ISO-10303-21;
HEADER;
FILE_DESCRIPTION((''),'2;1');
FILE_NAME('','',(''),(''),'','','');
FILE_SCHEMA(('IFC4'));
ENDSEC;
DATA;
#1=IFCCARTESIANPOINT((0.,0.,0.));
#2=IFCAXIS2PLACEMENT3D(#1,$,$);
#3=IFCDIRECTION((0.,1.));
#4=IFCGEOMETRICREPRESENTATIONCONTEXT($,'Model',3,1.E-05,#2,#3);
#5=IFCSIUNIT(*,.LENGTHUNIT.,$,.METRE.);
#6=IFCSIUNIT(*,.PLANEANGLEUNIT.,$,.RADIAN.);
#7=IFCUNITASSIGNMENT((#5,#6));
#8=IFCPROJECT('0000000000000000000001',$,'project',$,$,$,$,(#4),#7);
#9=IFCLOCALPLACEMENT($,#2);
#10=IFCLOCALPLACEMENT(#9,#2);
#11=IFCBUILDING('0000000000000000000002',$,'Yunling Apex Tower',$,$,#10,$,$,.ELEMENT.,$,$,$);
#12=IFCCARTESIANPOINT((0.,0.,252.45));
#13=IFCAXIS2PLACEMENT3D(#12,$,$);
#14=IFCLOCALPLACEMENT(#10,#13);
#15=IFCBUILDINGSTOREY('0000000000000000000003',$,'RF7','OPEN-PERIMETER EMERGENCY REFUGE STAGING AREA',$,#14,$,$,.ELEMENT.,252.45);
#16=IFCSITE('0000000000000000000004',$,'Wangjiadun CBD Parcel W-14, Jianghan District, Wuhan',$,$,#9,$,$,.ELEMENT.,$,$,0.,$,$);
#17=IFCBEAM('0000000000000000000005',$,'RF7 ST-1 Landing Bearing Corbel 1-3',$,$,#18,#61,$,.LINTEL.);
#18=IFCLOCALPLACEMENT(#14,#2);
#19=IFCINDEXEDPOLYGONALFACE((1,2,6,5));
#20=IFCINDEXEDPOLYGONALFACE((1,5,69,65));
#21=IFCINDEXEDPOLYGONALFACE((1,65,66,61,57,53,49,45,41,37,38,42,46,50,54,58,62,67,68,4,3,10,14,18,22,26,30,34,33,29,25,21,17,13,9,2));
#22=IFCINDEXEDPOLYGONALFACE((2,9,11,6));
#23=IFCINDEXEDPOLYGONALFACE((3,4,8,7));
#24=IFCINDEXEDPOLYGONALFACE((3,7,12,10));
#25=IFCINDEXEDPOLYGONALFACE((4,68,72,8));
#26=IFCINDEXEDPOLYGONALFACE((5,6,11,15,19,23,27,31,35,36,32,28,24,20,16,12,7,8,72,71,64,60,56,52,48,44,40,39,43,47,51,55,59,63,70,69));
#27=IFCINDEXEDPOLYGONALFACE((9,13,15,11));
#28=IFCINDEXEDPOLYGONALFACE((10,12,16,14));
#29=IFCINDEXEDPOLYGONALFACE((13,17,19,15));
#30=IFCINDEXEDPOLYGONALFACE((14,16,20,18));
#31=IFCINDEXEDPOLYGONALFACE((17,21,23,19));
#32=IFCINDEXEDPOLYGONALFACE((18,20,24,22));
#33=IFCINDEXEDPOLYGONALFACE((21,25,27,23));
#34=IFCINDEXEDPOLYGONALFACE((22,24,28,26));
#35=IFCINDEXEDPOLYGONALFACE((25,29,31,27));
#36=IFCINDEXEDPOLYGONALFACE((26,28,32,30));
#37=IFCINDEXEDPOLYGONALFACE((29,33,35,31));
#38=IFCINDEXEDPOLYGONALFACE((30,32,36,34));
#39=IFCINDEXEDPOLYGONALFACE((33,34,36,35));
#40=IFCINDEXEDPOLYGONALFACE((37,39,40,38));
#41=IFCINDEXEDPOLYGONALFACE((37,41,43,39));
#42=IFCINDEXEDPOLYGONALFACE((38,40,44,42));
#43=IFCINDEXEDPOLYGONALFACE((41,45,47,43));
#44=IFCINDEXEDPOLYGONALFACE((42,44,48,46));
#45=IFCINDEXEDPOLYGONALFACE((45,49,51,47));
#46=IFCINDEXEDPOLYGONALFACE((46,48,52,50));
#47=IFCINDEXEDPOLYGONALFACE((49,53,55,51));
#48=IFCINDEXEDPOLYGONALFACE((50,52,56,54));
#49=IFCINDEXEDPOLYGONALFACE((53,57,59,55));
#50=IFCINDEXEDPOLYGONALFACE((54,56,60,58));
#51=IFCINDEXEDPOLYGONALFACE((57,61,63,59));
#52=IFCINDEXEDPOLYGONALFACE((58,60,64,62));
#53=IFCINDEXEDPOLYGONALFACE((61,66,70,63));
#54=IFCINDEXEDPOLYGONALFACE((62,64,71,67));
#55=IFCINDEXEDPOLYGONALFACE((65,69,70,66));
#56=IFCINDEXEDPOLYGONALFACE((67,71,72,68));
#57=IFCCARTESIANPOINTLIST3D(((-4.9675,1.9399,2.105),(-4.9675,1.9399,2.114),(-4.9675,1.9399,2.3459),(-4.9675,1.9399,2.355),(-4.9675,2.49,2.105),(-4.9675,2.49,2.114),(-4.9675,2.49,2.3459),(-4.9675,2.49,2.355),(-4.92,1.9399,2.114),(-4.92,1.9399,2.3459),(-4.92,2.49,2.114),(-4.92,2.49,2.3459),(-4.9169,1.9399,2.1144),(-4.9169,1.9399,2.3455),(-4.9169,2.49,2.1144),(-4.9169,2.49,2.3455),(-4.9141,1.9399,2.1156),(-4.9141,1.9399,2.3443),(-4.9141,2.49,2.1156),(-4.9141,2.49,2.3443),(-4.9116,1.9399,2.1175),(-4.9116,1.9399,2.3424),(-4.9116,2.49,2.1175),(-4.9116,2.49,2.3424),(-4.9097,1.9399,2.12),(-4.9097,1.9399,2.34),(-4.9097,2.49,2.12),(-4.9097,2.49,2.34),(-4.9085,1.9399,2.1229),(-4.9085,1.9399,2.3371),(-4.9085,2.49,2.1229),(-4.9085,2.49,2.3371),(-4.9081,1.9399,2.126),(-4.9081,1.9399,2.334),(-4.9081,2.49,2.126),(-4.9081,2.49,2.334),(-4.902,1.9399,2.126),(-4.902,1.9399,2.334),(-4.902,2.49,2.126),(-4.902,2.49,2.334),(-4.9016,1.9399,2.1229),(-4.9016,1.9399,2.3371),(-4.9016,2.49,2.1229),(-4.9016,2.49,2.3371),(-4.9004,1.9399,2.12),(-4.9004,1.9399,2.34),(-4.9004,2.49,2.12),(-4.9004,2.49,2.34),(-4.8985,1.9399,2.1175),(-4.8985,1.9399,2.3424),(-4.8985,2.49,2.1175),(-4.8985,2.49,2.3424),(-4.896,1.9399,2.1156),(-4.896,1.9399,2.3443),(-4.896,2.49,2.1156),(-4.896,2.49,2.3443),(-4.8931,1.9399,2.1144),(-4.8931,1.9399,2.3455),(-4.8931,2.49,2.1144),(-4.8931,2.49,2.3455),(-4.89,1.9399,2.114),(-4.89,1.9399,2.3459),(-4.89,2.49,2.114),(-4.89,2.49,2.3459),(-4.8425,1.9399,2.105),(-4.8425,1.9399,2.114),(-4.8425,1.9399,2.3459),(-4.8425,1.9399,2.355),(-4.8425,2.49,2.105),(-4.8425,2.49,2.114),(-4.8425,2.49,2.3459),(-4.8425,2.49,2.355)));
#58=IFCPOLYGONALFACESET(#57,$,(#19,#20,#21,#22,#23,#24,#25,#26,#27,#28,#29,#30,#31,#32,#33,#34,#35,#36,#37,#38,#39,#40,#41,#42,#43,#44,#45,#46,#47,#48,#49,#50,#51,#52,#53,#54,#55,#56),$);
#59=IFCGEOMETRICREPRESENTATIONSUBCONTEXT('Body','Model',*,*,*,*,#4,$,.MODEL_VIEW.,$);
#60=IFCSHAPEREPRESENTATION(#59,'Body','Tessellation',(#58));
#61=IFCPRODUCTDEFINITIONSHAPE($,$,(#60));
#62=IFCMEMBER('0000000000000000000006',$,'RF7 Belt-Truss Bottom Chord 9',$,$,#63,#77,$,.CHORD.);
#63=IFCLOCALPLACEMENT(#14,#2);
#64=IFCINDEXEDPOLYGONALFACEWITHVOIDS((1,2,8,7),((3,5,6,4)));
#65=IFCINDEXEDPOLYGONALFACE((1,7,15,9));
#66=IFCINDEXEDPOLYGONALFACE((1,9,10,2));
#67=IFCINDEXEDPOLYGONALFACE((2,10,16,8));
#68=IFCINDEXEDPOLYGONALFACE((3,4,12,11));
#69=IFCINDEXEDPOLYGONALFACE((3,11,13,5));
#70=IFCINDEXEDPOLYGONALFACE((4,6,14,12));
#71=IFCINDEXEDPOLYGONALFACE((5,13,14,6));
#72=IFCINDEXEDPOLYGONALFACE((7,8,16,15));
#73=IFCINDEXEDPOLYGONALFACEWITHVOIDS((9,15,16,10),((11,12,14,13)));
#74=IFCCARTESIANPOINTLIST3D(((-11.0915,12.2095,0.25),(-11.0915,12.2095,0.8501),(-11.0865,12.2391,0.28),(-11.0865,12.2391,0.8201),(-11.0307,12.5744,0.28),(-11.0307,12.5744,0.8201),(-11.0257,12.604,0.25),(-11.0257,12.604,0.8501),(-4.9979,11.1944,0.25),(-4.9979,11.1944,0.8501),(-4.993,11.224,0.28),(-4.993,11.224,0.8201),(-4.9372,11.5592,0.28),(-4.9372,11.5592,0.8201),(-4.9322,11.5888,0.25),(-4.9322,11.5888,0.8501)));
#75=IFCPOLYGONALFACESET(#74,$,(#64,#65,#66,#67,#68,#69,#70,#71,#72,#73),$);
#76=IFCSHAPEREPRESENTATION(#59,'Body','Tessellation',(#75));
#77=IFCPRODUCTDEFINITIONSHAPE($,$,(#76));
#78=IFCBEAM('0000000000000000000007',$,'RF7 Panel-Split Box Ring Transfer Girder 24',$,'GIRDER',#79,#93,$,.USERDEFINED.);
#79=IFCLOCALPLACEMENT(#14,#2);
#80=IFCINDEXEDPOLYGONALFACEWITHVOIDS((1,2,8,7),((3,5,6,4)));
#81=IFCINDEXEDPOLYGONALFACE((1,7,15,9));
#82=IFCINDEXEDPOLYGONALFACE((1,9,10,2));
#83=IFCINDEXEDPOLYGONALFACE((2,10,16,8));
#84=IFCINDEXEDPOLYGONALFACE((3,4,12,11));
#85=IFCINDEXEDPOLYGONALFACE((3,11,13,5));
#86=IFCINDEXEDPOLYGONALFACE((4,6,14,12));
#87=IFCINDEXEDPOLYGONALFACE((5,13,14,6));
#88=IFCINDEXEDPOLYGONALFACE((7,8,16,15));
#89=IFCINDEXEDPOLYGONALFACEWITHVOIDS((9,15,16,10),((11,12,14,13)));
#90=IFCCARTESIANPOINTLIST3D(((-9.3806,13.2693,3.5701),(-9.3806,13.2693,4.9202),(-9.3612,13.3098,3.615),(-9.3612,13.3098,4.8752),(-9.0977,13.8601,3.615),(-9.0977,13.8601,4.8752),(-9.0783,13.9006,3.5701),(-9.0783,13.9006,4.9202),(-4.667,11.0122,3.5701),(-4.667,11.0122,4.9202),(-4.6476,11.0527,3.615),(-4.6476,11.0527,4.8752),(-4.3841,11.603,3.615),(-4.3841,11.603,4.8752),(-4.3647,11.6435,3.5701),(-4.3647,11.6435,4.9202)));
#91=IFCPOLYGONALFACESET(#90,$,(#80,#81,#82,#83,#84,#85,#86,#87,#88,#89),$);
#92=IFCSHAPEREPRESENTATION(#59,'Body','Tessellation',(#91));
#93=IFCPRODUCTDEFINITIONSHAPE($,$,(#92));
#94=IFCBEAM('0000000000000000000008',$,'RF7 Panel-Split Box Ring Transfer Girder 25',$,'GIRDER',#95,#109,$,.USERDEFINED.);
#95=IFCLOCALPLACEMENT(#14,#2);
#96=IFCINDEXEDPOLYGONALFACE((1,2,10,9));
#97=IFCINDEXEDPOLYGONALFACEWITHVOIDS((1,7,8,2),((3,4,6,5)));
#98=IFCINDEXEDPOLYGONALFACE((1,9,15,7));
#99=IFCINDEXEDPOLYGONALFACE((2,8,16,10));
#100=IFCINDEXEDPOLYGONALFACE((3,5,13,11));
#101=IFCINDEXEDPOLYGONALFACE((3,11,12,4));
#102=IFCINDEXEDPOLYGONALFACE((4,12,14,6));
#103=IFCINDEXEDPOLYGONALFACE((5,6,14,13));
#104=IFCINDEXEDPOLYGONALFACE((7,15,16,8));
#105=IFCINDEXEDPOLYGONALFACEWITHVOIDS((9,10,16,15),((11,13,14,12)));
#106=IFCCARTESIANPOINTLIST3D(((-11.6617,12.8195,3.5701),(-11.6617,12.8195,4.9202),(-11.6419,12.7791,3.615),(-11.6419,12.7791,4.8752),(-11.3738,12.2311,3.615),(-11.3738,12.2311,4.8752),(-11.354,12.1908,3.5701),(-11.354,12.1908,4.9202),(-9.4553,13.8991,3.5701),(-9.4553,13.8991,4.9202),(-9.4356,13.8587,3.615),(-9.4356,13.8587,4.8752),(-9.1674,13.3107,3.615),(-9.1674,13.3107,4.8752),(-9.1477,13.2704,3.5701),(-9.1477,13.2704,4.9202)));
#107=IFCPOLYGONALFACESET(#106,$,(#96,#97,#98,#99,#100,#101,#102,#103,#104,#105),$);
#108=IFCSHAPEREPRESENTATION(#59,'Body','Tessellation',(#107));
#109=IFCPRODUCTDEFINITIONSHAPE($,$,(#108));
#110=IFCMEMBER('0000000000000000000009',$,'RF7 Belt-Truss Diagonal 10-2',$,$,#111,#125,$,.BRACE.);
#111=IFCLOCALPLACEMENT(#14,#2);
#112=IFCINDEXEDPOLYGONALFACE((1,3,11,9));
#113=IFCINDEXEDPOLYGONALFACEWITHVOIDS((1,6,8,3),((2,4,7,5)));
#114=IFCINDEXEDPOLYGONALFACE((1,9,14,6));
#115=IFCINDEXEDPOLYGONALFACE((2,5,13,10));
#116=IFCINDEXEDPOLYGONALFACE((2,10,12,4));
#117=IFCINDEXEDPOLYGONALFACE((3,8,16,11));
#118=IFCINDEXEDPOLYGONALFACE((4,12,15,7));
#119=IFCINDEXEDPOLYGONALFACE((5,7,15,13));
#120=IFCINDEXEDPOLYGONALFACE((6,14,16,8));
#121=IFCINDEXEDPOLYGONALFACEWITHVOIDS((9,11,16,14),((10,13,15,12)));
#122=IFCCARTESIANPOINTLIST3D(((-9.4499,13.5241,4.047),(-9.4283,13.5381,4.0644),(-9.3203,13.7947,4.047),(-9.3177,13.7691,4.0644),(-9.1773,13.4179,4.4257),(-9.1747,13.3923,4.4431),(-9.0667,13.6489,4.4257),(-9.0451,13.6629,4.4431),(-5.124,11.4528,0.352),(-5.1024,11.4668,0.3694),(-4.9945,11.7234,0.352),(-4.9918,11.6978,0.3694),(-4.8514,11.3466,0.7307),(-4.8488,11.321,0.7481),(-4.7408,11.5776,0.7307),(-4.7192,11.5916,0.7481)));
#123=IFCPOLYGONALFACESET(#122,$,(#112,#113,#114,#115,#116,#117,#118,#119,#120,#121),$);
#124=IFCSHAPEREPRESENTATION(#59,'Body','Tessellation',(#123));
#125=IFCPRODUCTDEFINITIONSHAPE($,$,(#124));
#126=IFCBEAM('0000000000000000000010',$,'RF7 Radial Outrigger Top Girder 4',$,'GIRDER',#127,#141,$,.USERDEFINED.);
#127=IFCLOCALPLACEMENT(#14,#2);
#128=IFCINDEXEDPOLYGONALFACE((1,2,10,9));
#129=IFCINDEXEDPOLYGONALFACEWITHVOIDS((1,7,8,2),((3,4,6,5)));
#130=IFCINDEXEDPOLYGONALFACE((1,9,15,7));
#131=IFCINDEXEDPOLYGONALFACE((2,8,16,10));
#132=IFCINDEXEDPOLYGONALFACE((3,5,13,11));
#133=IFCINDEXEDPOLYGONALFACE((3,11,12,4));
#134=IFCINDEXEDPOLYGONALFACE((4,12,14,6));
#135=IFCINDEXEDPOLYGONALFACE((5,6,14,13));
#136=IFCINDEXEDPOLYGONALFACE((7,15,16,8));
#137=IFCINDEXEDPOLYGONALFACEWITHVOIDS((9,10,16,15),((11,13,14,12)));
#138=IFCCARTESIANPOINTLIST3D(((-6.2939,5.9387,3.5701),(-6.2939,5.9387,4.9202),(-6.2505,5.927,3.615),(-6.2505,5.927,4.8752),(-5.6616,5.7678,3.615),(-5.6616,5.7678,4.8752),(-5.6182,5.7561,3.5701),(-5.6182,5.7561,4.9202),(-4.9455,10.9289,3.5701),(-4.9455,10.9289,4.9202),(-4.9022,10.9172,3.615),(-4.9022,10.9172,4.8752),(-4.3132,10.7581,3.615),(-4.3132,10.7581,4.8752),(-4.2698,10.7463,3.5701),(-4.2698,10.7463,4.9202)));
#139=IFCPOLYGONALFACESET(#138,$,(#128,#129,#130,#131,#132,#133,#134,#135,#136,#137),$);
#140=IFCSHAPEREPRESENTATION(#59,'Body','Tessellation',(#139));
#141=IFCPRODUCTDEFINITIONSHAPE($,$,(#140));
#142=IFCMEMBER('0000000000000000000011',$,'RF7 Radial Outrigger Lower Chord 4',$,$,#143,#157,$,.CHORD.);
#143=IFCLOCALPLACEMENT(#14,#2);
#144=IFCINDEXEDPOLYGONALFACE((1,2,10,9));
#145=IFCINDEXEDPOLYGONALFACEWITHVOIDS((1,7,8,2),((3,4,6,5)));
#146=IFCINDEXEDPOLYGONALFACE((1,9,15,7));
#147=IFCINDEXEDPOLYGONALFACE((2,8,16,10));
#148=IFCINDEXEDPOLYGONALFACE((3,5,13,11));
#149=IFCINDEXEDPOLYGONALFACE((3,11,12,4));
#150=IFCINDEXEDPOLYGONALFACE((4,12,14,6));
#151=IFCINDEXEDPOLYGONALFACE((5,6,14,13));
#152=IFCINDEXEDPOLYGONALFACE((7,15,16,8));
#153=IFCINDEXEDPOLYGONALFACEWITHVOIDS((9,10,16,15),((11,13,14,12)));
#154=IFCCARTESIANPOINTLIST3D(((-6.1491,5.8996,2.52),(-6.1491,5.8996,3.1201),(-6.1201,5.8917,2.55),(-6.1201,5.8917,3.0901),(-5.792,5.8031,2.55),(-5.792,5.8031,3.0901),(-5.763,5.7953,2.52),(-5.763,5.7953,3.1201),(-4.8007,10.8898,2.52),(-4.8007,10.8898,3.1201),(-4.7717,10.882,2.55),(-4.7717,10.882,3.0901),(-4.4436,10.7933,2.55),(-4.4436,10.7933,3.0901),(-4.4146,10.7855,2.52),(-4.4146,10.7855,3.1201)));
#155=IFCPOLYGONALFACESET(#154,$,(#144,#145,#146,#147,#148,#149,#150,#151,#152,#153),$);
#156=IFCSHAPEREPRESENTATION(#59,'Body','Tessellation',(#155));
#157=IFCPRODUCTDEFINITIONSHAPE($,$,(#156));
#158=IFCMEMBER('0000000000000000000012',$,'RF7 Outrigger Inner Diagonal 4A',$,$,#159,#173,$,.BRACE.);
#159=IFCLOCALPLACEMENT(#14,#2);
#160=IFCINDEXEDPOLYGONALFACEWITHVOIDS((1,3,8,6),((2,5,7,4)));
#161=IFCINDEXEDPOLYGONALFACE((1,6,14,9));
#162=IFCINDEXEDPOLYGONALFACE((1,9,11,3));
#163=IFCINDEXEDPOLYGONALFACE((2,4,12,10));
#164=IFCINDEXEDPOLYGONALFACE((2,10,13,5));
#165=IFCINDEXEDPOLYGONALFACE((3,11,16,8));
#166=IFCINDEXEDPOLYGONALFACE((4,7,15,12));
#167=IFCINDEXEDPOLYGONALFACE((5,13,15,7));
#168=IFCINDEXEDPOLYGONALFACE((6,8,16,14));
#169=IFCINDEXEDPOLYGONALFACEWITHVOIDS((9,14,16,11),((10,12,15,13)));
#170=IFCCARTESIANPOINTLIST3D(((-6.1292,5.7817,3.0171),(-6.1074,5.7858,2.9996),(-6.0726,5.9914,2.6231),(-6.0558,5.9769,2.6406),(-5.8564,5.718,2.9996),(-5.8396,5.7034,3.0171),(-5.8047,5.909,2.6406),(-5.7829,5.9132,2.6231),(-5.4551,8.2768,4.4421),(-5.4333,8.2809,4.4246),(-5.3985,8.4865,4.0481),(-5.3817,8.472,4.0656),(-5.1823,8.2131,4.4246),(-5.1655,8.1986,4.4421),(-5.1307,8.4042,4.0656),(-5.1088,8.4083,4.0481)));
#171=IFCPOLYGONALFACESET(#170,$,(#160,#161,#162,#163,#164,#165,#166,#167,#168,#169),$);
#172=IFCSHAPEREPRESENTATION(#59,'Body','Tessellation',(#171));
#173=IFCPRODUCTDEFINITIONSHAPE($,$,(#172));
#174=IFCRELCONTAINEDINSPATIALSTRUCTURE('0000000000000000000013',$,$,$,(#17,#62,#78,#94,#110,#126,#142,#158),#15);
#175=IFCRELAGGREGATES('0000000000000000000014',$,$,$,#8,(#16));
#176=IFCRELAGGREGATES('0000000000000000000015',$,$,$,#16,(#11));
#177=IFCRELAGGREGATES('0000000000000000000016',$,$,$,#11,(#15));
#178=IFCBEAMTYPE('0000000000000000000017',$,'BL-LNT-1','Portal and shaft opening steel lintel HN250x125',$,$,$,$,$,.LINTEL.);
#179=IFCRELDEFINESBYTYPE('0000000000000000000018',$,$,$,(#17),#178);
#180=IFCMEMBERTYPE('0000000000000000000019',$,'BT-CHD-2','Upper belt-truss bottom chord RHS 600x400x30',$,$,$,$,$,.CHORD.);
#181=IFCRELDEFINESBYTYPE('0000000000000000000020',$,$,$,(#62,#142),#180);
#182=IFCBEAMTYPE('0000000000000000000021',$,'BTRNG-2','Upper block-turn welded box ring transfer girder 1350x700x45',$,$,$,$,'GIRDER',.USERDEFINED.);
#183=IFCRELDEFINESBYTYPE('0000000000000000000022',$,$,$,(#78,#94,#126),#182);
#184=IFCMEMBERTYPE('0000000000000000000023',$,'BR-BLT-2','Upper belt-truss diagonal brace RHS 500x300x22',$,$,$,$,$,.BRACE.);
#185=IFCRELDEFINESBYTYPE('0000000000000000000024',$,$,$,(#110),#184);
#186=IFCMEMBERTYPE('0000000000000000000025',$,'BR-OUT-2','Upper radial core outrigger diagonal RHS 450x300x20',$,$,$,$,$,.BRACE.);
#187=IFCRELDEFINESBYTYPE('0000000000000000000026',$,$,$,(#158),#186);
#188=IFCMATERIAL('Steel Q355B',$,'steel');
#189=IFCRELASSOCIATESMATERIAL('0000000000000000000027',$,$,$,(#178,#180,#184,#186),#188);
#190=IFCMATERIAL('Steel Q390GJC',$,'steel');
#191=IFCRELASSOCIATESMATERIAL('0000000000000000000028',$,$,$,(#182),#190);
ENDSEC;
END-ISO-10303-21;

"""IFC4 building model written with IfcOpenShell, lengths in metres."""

from ifc_helpers import new_model, si_unit, direction, frame, origin, origin_2d, place, context, subcontext, project, spatial, hollow_rectangle, i_section, extrude, source, transform, mapped, material, material_profile, profile_set, type_object, element, save


model = new_model("IFC4")

# Units and contexts
model_context = context("Model", 3, precision=1e-05, world=origin(), true_north=direction((0.0, 1.0)))
body_context = subcontext(model_context, "Body", "Model", "MODEL_VIEW")
ifc_project = project(units=[si_unit("LENGTHUNIT", "METRE"), si_unit("PLANEANGLEUNIT", "RADIAN")], contexts=[model_context])

# Site, building, storey
site_placement = place(None, origin())
site = spatial("IfcSite", under=ifc_project, at=site_placement, Name="Wangjiadun CBD Parcel W-14, Jianghan District, Wuhan", CompositionType="ELEMENT", RefElevation=0.0)
building_placement = place(site_placement, origin())
building = spatial("IfcBuilding", under=site, at=building_placement, Name="Yunling Apex Tower", CompositionType="ELEMENT")
storey_placement = place(building_placement, frame((0.0, 0.0, 252.45)))
storey = spatial("IfcBuildingStorey", under=building, at=storey_placement, Name="RF7", Description="OPEN-PERIMETER EMERGENCY REFUGE STAGING AREA", CompositionType="ELEMENT", Elevation=252.45)

# Shared definitions
ifc_material_1 = material(Name="Steel Q390GJC", Category="steel")

# Beam
ifc_material_2 = material(Name="Steel Q355B", Category="steel")
ifc_material_profile_1 = material_profile(ifc_material_2, i_section(OverallWidth=0.125, OverallDepth=0.25, WebThickness=0.0061, FlangeThickness=0.009, FilletRadius=0.012, at=origin_2d()))
ifc_profile_set_1 = profile_set([ifc_material_profile_1], Name="Steel Q355B")
beam_type_1 = type_object("IfcBeamType", Name="BL-LNT-1", Description="Portal and shaft opening steel lintel HN250x125", PredefinedType="LINTEL", material=ifc_profile_set_1)
shared_shape_1 = source(origin(), body_context, "Body", "SweptSolid", [
    extrude(i_section(OverallWidth=0.125, OverallDepth=0.25, WebThickness=0.0061, FlangeThickness=0.009, FilletRadius=0.012, at=origin_2d()), origin(), (0.0, 0.0, 1.0), 0.55),
])
beam_1_placement = place(storey_placement, frame((-4.905, 1.9399, 2.23), z_axis=(0.0, 1.0, 0.0), x_axis=(-1.0, 0.0, 0.0)))
element("IfcBeam", 1, at=beam_1_placement, inside=storey, type_object=beam_type_1, Name="RF7 ST-1 Landing Bearing Corbel 1-3", PredefinedType="LINTEL", context=body_context, shape_type="MappedRepresentation", body=[
    mapped(shared_shape_1, transform((0.0, 0.0, 0.0), scale=1.0)),
])

# Member
ifc_material_profile_2 = material_profile(ifc_material_2, hollow_rectangle(XDim=0.3999, YDim=0.6001, WallThickness=0.03, at=origin_2d()))
ifc_profile_set_2 = profile_set([ifc_material_profile_2], Name="Steel Q355B")
member_type_1 = type_object("IfcMemberType", Name="BT-CHD-2", Description="Upper belt-truss bottom chord RHS 600x400x30", PredefinedType="CHORD", material=ifc_profile_set_2)
shared_shape_2 = source(origin(), body_context, "Body", "SweptSolid", [
    extrude(hollow_rectangle(XDim=0.3999, YDim=0.6001, WallThickness=0.03, at=origin_2d()), origin(), (0.0, 0.0, 1.0), 6.1775),
])
member_1_placement = place(storey_placement, frame((-4.9651, 11.3916, 0.55), z_axis=(-0.986406, 0.164328, 0.0), x_axis=(-0.164328, -0.986406, 0.0)))
element("IfcMember", 2, at=member_1_placement, inside=storey, type_object=member_type_1, Name="RF7 Belt-Truss Bottom Chord 9", PredefinedType="CHORD", context=body_context, shape_type="MappedRepresentation", body=[
    mapped(shared_shape_2, transform((0.0, 0.0, 0.0), scale=1.0)),
])

# Beams
ifc_material_profile_3 = material_profile(ifc_material_1, hollow_rectangle(XDim=0.7, YDim=1.3501, WallThickness=0.0449, at=origin_2d()))
ifc_profile_set_3 = profile_set([ifc_material_profile_3], Name="Steel Q390GJC")
beam_type_2 = type_object("IfcBeamType", Name="BTRNG-2", Description="Upper block-turn welded box ring transfer girder 1350x700x45", ElementType="GIRDER", PredefinedType="USERDEFINED", material=ifc_profile_set_3)
shared_shape_3 = source(origin(), body_context, "Body", "SweptSolid", [
    extrude(hollow_rectangle(XDim=0.7, YDim=1.3501, WallThickness=0.0449, at=origin_2d()), origin(), (0.0, 0.0, 1.0), 5.2261),
])
beam_2_placement = place(storey_placement, frame((-4.5159, 11.3279, 4.2451), z_axis=(-0.90193, 0.431882, 0.0), x_axis=(-0.431882, -0.90193, 0.0)))
element("IfcBeam", 3, at=beam_2_placement, inside=storey, type_object=beam_type_2, Name="RF7 Panel-Split Box Ring Transfer Girder 24", ObjectType="GIRDER", PredefinedType="USERDEFINED", context=body_context, shape_type="MappedRepresentation", body=[
    mapped(shared_shape_3, transform((0.0, 0.0, 0.0), scale=1.0)),
])
shared_shape_4 = source(origin(), body_context, "Body", "SweptSolid", [
    extrude(hollow_rectangle(XDim=0.7, YDim=1.3501, WallThickness=0.0449, at=origin_2d()), origin(), (0.0, 0.0, 1.0), 2.4563),
])
beam_3_placement = place(storey_placement, frame((-9.3015, 13.5847, 4.2451), z_axis=(-0.898231, -0.439524, 0.0), x_axis=(0.439524, -0.898231, 0.0)))
element("IfcBeam", 4, at=beam_3_placement, inside=storey, type_object=beam_type_2, Name="RF7 Panel-Split Box Ring Transfer Girder 25", ObjectType="GIRDER", PredefinedType="USERDEFINED", context=body_context, shape_type="MappedRepresentation", body=[
    mapped(shared_shape_4, transform((0.0, 0.0, 0.0), scale=1.0)),
])

# Member
ifc_material_profile_4 = material_profile(ifc_material_2, hollow_rectangle(XDim=0.3, YDim=0.5, WallThickness=0.022, at=origin_2d()))
ifc_profile_set_4 = profile_set([ifc_material_profile_4], Name="Steel Q355B")
member_type_2 = type_object("IfcMemberType", Name="BR-BLT-2", Description="Upper belt-truss diagonal brace RHS 500x300x22", PredefinedType="BRACE", material=ifc_profile_set_4)
shared_shape_5 = source(origin(), body_context, "Body", "SweptSolid", [
    extrude(hollow_rectangle(XDim=0.3, YDim=0.5, WallThickness=0.022, at=origin_2d()), origin(), (0.0, 0.0, 1.0), 6.0544),
])
member_2_placement = place(storey_placement, frame((-4.9216, 11.5222, 0.55), z_axis=(-0.714494, 0.342105, 0.610297), x_axis=(-0.431857, -0.901942, 0.0)))
element("IfcMember", 5, at=member_2_placement, inside=storey, type_object=member_type_2, Name="RF7 Belt-Truss Diagonal 10-2", PredefinedType="BRACE", context=body_context, shape_type="MappedRepresentation", body=[
    mapped(shared_shape_5, transform((0.0, 0.0, 0.0), scale=1.0)),
])

# Beam
shared_shape_6 = source(origin(), body_context, "Body", "SweptSolid", [
    extrude(hollow_rectangle(XDim=0.7, YDim=1.3501, WallThickness=0.0449, at=origin_2d()), origin(), (0.0, 0.0, 1.0), 5.1692),
])
beam_4_placement = place(storey_placement, frame((-5.9561, 5.8474, 4.2451), z_axis=(0.260851, 0.965379, 0.0), x_axis=(-0.965379, 0.260851, 0.0)))
element("IfcBeam", 6, at=beam_4_placement, inside=storey, type_object=beam_type_2, Name="RF7 Radial Outrigger Top Girder 4", ObjectType="GIRDER", PredefinedType="USERDEFINED", context=body_context, shape_type="MappedRepresentation", body=[
    mapped(shared_shape_6, transform((0.0, 0.0, 0.0), scale=1.0)),
])

# Members
shared_shape_7 = source(origin(), body_context, "Body", "SweptSolid", [
    extrude(hollow_rectangle(XDim=0.3999, YDim=0.6001, WallThickness=0.03, at=origin_2d()), origin(), (0.0, 0.0, 1.0), 5.1692),
])
member_3_placement = place(storey_placement, frame((-5.9561, 5.8474, 2.8201), z_axis=(0.260851, 0.965379, 0.0), x_axis=(-0.965379, 0.260851, 0.0)))
element("IfcMember", 7, at=member_3_placement, inside=storey, type_object=member_type_1, Name="RF7 Radial Outrigger Lower Chord 4", PredefinedType="CHORD", context=body_context, shape_type="MappedRepresentation", body=[
    mapped(shared_shape_7, transform((0.0, 0.0, 0.0), scale=1.0)),
])
ifc_material_profile_5 = material_profile(ifc_material_2, hollow_rectangle(XDim=0.3, YDim=0.45, WallThickness=0.02, at=origin_2d()))
ifc_profile_set_5 = profile_set([ifc_material_profile_5], Name="Steel Q355B")
member_type_3 = type_object("IfcMemberType", Name="BR-OUT-2", Description="Upper radial core outrigger diagonal RHS 450x300x20", PredefinedType="BRACE", material=ifc_profile_set_5)
shared_shape_8 = source(origin(), body_context, "Body", "SweptSolid", [
    extrude(hollow_rectangle(XDim=0.3, YDim=0.45, WallThickness=0.02, at=origin_2d()), origin(), (0.0, 0.0, 1.0), 2.9514),
])
for number, where, z_axis, x_axis, name in (
    (8, (-5.9561, 5.8474, 2.8201), (0.228391, 0.845402, 0.482839), (-0.965391, 0.260807, 0.0), "RF7 Outrigger Inner Diagonal 4A"),
):
    element("IfcMember", number, at=place(storey_placement, frame(where, z_axis=z_axis, x_axis=x_axis)), inside=storey, type_object=member_type_3, Name=name, PredefinedType="BRACE", context=body_context, shape_type="MappedRepresentation", body=[
        mapped(shared_shape_8, transform((0.0, 0.0, 0.0), scale=1.0)),
    ])

save(model, "model.ifc")
